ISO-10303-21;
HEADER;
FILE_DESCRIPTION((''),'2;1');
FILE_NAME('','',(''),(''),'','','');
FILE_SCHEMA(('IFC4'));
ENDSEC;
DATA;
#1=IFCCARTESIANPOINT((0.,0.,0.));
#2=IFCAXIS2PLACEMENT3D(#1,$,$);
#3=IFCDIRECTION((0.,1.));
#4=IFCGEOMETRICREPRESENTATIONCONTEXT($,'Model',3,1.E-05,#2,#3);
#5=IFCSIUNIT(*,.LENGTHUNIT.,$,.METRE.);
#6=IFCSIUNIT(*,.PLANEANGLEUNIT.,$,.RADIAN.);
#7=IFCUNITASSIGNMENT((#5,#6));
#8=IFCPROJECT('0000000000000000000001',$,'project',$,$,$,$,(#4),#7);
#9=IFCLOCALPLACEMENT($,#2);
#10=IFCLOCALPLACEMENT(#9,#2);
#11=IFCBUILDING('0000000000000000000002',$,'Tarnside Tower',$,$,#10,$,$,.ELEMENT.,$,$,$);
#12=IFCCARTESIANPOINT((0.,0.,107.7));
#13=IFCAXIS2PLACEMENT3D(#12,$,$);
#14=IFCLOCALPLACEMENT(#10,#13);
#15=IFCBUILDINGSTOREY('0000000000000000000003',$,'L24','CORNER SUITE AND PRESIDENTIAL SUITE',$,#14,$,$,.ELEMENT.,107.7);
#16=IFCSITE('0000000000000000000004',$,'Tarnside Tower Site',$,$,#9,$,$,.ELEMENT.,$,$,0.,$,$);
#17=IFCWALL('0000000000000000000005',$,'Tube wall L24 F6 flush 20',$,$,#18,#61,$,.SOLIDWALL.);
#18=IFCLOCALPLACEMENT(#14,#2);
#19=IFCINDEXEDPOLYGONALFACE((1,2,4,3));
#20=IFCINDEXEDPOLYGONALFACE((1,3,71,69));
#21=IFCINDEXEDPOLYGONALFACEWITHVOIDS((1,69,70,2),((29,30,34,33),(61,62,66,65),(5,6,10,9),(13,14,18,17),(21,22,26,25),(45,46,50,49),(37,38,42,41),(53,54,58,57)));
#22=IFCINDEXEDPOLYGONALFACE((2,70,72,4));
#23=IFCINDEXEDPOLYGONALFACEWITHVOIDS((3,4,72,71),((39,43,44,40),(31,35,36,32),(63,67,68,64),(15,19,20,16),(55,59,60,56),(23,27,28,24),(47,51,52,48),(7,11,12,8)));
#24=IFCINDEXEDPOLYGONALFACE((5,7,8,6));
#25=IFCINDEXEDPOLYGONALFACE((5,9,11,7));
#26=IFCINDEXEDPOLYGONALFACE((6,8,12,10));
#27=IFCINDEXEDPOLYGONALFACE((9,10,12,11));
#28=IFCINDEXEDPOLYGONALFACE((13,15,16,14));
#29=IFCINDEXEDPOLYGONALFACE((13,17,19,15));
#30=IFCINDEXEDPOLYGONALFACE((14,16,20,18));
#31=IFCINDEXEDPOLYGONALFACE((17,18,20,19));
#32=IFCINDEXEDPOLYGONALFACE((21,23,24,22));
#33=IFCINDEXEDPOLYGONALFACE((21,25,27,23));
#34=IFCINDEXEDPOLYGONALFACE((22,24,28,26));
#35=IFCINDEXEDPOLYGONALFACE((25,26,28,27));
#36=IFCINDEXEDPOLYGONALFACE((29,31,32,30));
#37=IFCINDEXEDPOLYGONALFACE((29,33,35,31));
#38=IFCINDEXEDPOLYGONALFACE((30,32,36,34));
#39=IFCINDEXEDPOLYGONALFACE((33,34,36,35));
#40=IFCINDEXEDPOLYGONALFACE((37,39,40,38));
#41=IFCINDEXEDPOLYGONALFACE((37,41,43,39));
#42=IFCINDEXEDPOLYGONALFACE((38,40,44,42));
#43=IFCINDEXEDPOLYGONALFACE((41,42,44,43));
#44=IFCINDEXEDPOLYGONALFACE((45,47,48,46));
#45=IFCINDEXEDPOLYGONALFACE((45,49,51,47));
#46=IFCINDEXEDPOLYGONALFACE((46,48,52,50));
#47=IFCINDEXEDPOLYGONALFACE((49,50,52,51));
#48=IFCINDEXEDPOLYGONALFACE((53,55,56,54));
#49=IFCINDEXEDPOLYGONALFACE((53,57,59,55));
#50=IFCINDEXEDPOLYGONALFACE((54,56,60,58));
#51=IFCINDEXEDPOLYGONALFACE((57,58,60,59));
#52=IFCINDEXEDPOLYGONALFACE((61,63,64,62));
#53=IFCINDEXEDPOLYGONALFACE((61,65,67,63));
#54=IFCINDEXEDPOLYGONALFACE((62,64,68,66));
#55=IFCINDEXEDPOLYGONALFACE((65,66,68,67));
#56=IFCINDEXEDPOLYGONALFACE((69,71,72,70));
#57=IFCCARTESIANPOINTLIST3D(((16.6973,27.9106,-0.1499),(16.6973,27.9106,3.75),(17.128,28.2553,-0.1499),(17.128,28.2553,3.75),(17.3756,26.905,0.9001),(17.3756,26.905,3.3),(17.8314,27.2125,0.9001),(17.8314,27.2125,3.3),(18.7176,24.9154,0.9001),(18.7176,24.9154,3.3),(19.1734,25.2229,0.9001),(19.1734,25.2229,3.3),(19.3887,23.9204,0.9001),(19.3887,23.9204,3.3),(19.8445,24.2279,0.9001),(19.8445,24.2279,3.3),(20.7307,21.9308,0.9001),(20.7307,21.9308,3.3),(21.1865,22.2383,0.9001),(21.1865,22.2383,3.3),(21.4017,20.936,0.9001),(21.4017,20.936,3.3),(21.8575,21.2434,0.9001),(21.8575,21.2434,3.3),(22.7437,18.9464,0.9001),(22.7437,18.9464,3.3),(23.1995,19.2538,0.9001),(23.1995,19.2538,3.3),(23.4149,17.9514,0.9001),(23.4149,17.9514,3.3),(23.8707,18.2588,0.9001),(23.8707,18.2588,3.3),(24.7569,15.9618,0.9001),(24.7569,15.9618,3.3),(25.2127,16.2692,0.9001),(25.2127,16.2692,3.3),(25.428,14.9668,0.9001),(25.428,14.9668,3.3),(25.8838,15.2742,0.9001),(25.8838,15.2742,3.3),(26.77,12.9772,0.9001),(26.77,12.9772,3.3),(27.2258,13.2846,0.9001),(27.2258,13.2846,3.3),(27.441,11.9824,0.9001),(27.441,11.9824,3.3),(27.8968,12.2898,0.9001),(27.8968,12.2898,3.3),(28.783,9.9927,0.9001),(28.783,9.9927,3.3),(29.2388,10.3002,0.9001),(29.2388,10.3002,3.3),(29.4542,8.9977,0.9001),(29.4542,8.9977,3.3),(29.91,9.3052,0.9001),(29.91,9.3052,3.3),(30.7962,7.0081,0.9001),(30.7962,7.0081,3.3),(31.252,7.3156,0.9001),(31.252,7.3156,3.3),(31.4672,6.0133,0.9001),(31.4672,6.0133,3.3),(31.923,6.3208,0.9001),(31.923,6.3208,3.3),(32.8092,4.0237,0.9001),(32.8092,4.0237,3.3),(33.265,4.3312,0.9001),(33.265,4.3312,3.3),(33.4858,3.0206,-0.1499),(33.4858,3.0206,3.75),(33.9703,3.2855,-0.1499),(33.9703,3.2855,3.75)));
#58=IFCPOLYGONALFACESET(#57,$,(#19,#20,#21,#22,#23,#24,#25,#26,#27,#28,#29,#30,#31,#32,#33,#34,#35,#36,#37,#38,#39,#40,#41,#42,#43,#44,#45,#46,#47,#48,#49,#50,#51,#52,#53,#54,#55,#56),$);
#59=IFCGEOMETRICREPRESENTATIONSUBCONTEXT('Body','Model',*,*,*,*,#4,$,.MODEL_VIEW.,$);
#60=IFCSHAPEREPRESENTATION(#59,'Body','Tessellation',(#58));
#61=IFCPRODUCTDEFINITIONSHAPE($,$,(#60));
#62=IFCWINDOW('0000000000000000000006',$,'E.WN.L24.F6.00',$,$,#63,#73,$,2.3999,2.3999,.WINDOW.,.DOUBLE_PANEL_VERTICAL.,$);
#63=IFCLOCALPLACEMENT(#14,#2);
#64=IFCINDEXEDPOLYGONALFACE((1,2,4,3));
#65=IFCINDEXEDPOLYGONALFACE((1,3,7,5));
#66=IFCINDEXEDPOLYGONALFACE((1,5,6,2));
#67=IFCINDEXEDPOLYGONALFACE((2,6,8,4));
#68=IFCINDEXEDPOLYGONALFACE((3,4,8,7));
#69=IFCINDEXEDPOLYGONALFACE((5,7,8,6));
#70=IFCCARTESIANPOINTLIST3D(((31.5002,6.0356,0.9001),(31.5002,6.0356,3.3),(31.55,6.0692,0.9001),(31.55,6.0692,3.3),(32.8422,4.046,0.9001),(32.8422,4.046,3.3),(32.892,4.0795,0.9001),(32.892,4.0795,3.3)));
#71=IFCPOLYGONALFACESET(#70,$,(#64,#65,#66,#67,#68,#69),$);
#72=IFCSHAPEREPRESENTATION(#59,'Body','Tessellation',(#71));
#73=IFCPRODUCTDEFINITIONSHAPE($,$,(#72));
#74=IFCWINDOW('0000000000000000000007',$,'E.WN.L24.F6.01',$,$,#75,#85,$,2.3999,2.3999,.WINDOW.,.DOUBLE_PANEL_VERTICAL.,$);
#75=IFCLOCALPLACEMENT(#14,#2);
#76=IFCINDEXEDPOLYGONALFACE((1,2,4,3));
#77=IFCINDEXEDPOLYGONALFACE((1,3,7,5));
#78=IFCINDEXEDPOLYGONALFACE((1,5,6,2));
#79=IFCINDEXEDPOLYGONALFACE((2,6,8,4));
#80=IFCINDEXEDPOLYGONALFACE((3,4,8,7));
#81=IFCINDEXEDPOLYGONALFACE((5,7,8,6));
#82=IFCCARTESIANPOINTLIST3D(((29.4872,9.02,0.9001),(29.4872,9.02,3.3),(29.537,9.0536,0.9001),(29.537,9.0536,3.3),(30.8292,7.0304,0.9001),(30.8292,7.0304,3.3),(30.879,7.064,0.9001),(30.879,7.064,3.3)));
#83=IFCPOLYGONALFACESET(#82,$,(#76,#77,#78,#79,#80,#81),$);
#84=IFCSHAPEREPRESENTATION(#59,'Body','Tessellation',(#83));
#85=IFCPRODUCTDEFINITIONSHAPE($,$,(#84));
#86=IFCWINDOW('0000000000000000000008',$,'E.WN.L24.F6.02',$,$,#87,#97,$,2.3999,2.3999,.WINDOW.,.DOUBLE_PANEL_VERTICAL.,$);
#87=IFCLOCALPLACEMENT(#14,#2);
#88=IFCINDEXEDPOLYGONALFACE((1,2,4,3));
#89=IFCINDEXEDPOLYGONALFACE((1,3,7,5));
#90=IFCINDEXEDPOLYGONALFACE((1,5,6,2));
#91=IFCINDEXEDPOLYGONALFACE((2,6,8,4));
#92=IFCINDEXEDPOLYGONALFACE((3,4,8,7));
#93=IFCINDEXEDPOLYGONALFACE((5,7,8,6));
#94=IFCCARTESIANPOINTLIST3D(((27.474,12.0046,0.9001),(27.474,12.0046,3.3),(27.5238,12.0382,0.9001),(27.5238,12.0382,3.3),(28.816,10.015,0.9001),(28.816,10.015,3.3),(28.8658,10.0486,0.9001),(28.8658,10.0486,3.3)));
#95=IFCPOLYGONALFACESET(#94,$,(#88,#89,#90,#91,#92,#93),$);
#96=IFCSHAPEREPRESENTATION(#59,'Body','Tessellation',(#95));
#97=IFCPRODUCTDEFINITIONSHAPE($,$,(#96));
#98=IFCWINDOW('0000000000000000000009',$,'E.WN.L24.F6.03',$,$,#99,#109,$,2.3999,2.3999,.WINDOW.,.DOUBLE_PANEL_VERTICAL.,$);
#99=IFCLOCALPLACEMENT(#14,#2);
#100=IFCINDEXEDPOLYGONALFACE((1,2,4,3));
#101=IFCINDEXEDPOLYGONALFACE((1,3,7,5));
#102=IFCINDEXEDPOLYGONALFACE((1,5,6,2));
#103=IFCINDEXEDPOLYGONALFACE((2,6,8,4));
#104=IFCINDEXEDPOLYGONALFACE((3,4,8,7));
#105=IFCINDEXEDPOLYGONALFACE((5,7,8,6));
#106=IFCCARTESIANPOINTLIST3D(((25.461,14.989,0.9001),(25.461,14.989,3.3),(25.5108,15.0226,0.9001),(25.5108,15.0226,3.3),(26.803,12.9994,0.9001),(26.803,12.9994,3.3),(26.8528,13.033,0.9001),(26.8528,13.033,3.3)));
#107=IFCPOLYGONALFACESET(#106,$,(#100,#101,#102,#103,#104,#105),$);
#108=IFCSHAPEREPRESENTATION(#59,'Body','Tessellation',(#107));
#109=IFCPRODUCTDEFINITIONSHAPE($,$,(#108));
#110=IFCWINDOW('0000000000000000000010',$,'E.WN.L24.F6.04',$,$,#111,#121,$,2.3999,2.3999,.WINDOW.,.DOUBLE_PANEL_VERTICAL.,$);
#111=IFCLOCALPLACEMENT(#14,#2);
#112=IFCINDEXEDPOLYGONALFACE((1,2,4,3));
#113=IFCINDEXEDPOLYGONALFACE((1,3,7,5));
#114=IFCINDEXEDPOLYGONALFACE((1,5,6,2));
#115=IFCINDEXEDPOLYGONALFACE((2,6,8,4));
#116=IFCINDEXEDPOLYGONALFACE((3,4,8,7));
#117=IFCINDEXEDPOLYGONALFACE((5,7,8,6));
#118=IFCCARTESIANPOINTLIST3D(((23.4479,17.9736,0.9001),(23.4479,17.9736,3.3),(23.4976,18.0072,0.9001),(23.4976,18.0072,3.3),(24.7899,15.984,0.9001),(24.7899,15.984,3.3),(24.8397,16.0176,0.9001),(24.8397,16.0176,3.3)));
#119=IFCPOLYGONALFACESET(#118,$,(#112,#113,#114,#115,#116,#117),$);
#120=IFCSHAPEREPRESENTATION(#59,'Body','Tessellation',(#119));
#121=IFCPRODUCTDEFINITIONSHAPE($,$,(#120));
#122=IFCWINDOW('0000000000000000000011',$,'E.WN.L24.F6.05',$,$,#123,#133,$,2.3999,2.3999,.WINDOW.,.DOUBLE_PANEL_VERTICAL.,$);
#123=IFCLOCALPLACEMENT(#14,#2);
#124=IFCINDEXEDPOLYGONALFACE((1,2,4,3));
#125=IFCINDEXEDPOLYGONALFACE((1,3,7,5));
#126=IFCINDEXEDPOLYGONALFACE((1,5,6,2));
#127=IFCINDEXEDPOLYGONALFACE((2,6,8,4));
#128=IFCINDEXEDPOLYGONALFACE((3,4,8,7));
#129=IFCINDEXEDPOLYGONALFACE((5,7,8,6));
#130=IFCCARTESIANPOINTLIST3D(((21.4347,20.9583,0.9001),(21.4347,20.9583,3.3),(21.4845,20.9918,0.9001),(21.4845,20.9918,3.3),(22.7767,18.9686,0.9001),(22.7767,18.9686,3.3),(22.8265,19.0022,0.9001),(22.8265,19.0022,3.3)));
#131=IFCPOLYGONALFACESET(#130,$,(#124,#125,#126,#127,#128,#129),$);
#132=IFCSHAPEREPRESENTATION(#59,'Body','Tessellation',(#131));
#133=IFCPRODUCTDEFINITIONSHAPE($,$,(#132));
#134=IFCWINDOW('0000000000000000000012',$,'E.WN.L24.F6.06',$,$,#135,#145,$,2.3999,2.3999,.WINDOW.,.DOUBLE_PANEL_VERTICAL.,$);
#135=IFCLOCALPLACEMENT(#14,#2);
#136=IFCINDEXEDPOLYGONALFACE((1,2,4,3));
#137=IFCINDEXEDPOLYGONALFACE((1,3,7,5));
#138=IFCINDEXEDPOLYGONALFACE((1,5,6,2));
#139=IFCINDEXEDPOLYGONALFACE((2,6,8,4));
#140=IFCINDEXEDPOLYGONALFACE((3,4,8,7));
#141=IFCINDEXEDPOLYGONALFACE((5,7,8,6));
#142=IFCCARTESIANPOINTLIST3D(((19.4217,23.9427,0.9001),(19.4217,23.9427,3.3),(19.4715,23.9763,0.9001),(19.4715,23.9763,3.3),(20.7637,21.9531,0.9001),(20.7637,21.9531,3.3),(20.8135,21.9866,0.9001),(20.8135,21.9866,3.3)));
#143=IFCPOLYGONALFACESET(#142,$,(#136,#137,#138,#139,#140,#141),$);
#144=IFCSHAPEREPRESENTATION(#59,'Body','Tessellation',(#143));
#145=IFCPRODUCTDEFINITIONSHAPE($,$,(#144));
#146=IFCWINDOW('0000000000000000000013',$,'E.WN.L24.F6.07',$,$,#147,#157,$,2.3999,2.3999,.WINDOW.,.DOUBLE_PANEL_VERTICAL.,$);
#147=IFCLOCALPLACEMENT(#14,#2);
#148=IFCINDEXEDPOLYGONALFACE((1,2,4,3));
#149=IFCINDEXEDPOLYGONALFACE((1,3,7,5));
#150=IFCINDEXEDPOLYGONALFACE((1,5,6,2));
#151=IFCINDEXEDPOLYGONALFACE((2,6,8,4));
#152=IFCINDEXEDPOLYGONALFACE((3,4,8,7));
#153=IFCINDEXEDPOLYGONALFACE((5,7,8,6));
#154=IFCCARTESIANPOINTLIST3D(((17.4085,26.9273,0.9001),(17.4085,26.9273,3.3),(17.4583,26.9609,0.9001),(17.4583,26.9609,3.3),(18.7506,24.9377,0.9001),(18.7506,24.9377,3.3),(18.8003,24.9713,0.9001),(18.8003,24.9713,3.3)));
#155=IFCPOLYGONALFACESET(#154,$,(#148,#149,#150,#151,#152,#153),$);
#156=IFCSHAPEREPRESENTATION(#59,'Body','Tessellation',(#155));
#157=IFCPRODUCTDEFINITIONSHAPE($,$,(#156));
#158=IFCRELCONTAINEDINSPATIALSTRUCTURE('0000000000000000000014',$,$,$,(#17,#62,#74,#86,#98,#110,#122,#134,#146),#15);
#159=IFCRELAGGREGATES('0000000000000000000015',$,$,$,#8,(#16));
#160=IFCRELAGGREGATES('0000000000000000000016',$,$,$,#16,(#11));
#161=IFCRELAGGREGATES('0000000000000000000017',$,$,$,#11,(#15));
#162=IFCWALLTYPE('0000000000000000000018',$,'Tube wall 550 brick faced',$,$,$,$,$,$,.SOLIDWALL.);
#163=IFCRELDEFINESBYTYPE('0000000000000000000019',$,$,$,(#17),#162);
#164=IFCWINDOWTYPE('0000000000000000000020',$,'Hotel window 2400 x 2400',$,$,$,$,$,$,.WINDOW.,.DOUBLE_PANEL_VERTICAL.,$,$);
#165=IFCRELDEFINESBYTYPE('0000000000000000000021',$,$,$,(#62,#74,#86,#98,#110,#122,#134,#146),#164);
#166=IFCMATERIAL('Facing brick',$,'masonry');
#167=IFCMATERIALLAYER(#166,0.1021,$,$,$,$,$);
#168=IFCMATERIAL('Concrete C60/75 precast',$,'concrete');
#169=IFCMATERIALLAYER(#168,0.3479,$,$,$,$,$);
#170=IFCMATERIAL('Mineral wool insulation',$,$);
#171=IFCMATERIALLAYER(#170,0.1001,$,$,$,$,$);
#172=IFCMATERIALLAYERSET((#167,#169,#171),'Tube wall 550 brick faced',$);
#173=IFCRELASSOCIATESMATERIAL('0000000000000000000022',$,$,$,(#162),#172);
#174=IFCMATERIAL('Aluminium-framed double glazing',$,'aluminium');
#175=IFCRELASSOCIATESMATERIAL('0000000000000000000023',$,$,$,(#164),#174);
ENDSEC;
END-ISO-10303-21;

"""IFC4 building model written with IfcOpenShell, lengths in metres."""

from ifc_helpers import new_model, si_unit, direction, frame, frame_2d, origin, place, context, subcontext, project, spatial, polyline, rectangle, outline, extrude, material, layer, layer_set, type_object, element, fill, save


model = new_model("IFC4")

# Units and contexts
model_context = context("Model", 3, precision=1e-05, world=origin(), true_north=direction((0.0, 1.0)))
body_context = subcontext(model_context, "Body", "Model", "MODEL_VIEW")
ifc_project = project(units=[si_unit("LENGTHUNIT", "METRE"), si_unit("PLANEANGLEUNIT", "RADIAN")], contexts=[model_context])

# Site, building, storey
site_placement = place(None, origin())
site = spatial("IfcSite", under=ifc_project, at=site_placement, Name="Tarnside Tower Site", CompositionType="ELEMENT", RefElevation=0.0)
building_placement = place(site_placement, origin())
building = spatial("IfcBuilding", under=site, at=building_placement, Name="Tarnside Tower", CompositionType="ELEMENT")
storey_placement = place(building_placement, frame((0.0, 0.0, 107.7)))
storey = spatial("IfcBuildingStorey", under=building, at=storey_placement, Name="L24", Description="CORNER SUITE AND PRESIDENTIAL SUITE", CompositionType="ELEMENT", Elevation=107.7)

# Shared definitions
ifc_material_1 = material(Name="Facing brick", Category="masonry")
ifc_layer_1 = layer(ifc_material_1, 0.1021)
ifc_material_2 = material(Name="Concrete C60/75 precast", Category="concrete")
ifc_layer_2 = layer(ifc_material_2, 0.3479)
ifc_material_3 = material(Name="Mineral wool insulation")
ifc_layer_3 = layer(ifc_material_3, 0.1001)
ifc_layer_set_1 = layer_set([ifc_layer_1, ifc_layer_2, ifc_layer_3], Name="Tube wall 550 brick faced")
wall_type_1 = type_object("IfcWallType", Name="Tube wall 550 brick faced", PredefinedType="SOLIDWALL", material=ifc_layer_set_1)

# Wall, openings, windows
wall_1_placement = place(storey_placement, frame((33.728, 3.1531, -0.1499), z_axis=(0.0, 0.0, 1.0), x_axis=(-0.559192, 0.829038, 0.0)))
wall_1 = element("IfcWall", 1, at=wall_1_placement, inside=storey, type_object=wall_type_1, Name="Tube wall L24 F6 flush 20", PredefinedType="SOLIDWALL", context=body_context, shape_type="SweptSolid", body=[
    extrude(outline(polyline([(-0.0256, -0.2749), (30.0933, -0.2749), (30.0483, 0.2749), (0.0256, 0.2749), (-0.0256, -0.2749)])), origin(), (0.0, 0.0, 1.0), 3.8999),
])
opening_1_placement = place(wall_1_placement, frame((1.2356, 0.0, 1.05)))
opening_1 = element("IfcOpeningElement", 2, at=opening_1_placement, cuts=wall_1, PredefinedType="OPENING", context=body_context, shape_type="SweptSolid", body=[
    extrude(rectangle(XDim=2.3999, YDim=2.3999, at=frame_2d((1.2, 1.2))), frame((0.0, 0.2852, 0.0), z_axis=(0.0, -1.0, 0.0), x_axis=(1.0, 0.0, 0.0)), (0.0, 0.0, 1.0), 0.5701),
])
opening_2_placement = place(wall_1_placement, frame((4.8354, 0.0, 1.05)))
opening_2 = element("IfcOpeningElement", 3, at=opening_2_placement, cuts=wall_1, PredefinedType="OPENING", context=body_context, shape_type="SweptSolid", body=[
    extrude(rectangle(XDim=2.3999, YDim=2.3999, at=frame_2d((1.2, 1.2))), frame((0.0, 0.2852, 0.0), z_axis=(0.0, -1.0, 0.0), x_axis=(1.0, 0.0, 0.0)), (0.0, 0.0, 1.0), 0.5701),
])
opening_3_placement = place(wall_1_placement, frame((8.4355, 0.0, 1.05)))
opening_3 = element("IfcOpeningElement", 4, at=opening_3_placement, cuts=wall_1, PredefinedType="OPENING", context=body_context, shape_type="SweptSolid", body=[
    extrude(rectangle(XDim=2.3999, YDim=2.3999, at=frame_2d((1.2, 1.2))), frame((0.0, 0.2852, 0.0), z_axis=(0.0, -1.0, 0.0), x_axis=(1.0, 0.0, 0.0)), (0.0, 0.0, 1.0), 0.5701),
])
opening_4_placement = place(wall_1_placement, frame((12.0354, 0.0, 1.05)))
opening_4 = element("IfcOpeningElement", 5, at=opening_4_placement, cuts=wall_1, PredefinedType="OPENING", context=body_context, shape_type="SweptSolid", body=[
    extrude(rectangle(XDim=2.3999, YDim=2.3999, at=frame_2d((1.2, 1.2))), frame((0.0, 0.2852, 0.0), z_axis=(0.0, -1.0, 0.0), x_axis=(1.0, 0.0, 0.0)), (0.0, 0.0, 1.0), 0.5701),
])
opening_5_placement = place(wall_1_placement, frame((15.6355, 0.0, 1.05)))
opening_5 = element("IfcOpeningElement", 6, at=opening_5_placement, cuts=wall_1, PredefinedType="OPENING", context=body_context, shape_type="SweptSolid", body=[
    extrude(rectangle(XDim=2.3999, YDim=2.3999, at=frame_2d((1.2, 1.2))), frame((0.0, 0.2852, 0.0), z_axis=(0.0, -1.0, 0.0), x_axis=(1.0, 0.0, 0.0)), (0.0, 0.0, 1.0), 0.5701),
])
opening_6_placement = place(wall_1_placement, frame((19.2356, 0.0, 1.05)))
opening_6 = element("IfcOpeningElement", 7, at=opening_6_placement, cuts=wall_1, PredefinedType="OPENING", context=body_context, shape_type="SweptSolid", body=[
    extrude(rectangle(XDim=2.3999, YDim=2.3999, at=frame_2d((1.2, 1.2))), frame((0.0, 0.2852, 0.0), z_axis=(0.0, -1.0, 0.0), x_axis=(1.0, 0.0, 0.0)), (0.0, 0.0, 1.0), 0.5701),
])
opening_7_placement = place(wall_1_placement, frame((22.8354, 0.0, 1.05)))
opening_7 = element("IfcOpeningElement", 8, at=opening_7_placement, cuts=wall_1, PredefinedType="OPENING", context=body_context, shape_type="SweptSolid", body=[
    extrude(rectangle(XDim=2.3999, YDim=2.3999, at=frame_2d((1.2, 1.2))), frame((0.0, 0.2852, 0.0), z_axis=(0.0, -1.0, 0.0), x_axis=(1.0, 0.0, 0.0)), (0.0, 0.0, 1.0), 0.5701),
])
opening_8_placement = place(wall_1_placement, frame((26.4355, 0.0, 1.05)))
opening_8 = element("IfcOpeningElement", 9, at=opening_8_placement, cuts=wall_1, PredefinedType="OPENING", context=body_context, shape_type="SweptSolid", body=[
    extrude(rectangle(XDim=2.3999, YDim=2.3999, at=frame_2d((1.2, 1.2))), frame((0.0, 0.2852, 0.0), z_axis=(0.0, -1.0, 0.0), x_axis=(1.0, 0.0, 0.0)), (0.0, 0.0, 1.0), 0.5701),
])
ifc_material_4 = material(Name="Aluminium-framed double glazing", Category="aluminium")
window_type = type_object("IfcWindowType", Name="Hotel window 2400 x 2400", PartitioningType="DOUBLE_PANEL_VERTICAL", PredefinedType="WINDOW", material=ifc_material_4)
window_1_placement = place(opening_1_placement, frame((0.0, 0.2051, 0.0)))
window_1 = element("IfcWindow", 10, at=window_1_placement, inside=storey, type_object=window_type, Name="E.WN.L24.F6.00", OverallHeight=2.3999, OverallWidth=2.3999, PartitioningType="DOUBLE_PANEL_VERTICAL", PredefinedType="WINDOW", context=body_context, shape_type="SweptSolid", body=[
    extrude(rectangle(XDim=2.3999, YDim=2.3999, at=frame_2d((1.2, 1.2))), frame((0.0, 0.03, 0.0), z_axis=(0.0, -1.0, 0.0), x_axis=(1.0, 0.0, 0.0)), (0.0, 0.0, 1.0), 0.0601),
])
fill(opening_1, window_1)
window_2_placement = place(opening_2_placement, frame((0.0, 0.2051, 0.0)))
window_2 = element("IfcWindow", 11, at=window_2_placement, inside=storey, type_object=window_type, Name="E.WN.L24.F6.01", OverallHeight=2.3999, OverallWidth=2.3999, PartitioningType="DOUBLE_PANEL_VERTICAL", PredefinedType="WINDOW", context=body_context, shape_type="SweptSolid", body=[
    extrude(rectangle(XDim=2.3999, YDim=2.3999, at=frame_2d((1.2, 1.2))), frame((0.0, 0.03, 0.0), z_axis=(0.0, -1.0, 0.0), x_axis=(1.0, 0.0, 0.0)), (0.0, 0.0, 1.0), 0.0601),
])
fill(opening_2, window_2)
window_3_placement = place(opening_3_placement, frame((0.0, 0.2051, 0.0)))
window_3 = element("IfcWindow", 12, at=window_3_placement, inside=storey, type_object=window_type, Name="E.WN.L24.F6.02", OverallHeight=2.3999, OverallWidth=2.3999, PartitioningType="DOUBLE_PANEL_VERTICAL", PredefinedType="WINDOW", context=body_context, shape_type="SweptSolid", body=[
    extrude(rectangle(XDim=2.3999, YDim=2.3999, at=frame_2d((1.2, 1.2))), frame((0.0, 0.03, 0.0), z_axis=(0.0, -1.0, 0.0), x_axis=(1.0, 0.0, 0.0)), (0.0, 0.0, 1.0), 0.0601),
])
fill(opening_3, window_3)
window_4_placement = place(opening_4_placement, frame((0.0, 0.2051, 0.0)))
window_4 = element("IfcWindow", 13, at=window_4_placement, inside=storey, type_object=window_type, Name="E.WN.L24.F6.03", OverallHeight=2.3999, OverallWidth=2.3999, PartitioningType="DOUBLE_PANEL_VERTICAL", PredefinedType="WINDOW", context=body_context, shape_type="SweptSolid", body=[
    extrude(rectangle(XDim=2.3999, YDim=2.3999, at=frame_2d((1.2, 1.2))), frame((0.0, 0.03, 0.0), z_axis=(0.0, -1.0, 0.0), x_axis=(1.0, 0.0, 0.0)), (0.0, 0.0, 1.0), 0.0601),
])
fill(opening_4, window_4)
window_5_placement = place(opening_5_placement, frame((0.0, 0.2051, 0.0)))
window_5 = element("IfcWindow", 14, at=window_5_placement, inside=storey, type_object=window_type, Name="E.WN.L24.F6.04", OverallHeight=2.3999, OverallWidth=2.3999, PartitioningType="DOUBLE_PANEL_VERTICAL", PredefinedType="WINDOW", context=body_context, shape_type="SweptSolid", body=[
    extrude(rectangle(XDim=2.3999, YDim=2.3999, at=frame_2d((1.2, 1.2))), frame((0.0, 0.03, 0.0), z_axis=(0.0, -1.0, 0.0), x_axis=(1.0, 0.0, 0.0)), (0.0, 0.0, 1.0), 0.0601),
])
fill(opening_5, window_5)
window_6_placement = place(opening_6_placement, frame((0.0, 0.2051, 0.0)))
window_6 = element("IfcWindow", 15, at=window_6_placement, inside=storey, type_object=window_type, Name="E.WN.L24.F6.05", OverallHeight=2.3999, OverallWidth=2.3999, PartitioningType="DOUBLE_PANEL_VERTICAL", PredefinedType="WINDOW", context=body_context, shape_type="SweptSolid", body=[
    extrude(rectangle(XDim=2.3999, YDim=2.3999, at=frame_2d((1.2, 1.2))), frame((0.0, 0.03, 0.0), z_axis=(0.0, -1.0, 0.0), x_axis=(1.0, 0.0, 0.0)), (0.0, 0.0, 1.0), 0.0601),
])
fill(opening_6, window_6)
window_7_placement = place(opening_7_placement, frame((0.0, 0.2051, 0.0)))
window_7 = element("IfcWindow", 16, at=window_7_placement, inside=storey, type_object=window_type, Name="E.WN.L24.F6.06", OverallHeight=2.3999, OverallWidth=2.3999, PartitioningType="DOUBLE_PANEL_VERTICAL", PredefinedType="WINDOW", context=body_context, shape_type="SweptSolid", body=[
    extrude(rectangle(XDim=2.3999, YDim=2.3999, at=frame_2d((1.2, 1.2))), frame((0.0, 0.03, 0.0), z_axis=(0.0, -1.0, 0.0), x_axis=(1.0, 0.0, 0.0)), (0.0, 0.0, 1.0), 0.0601),
])
fill(opening_7, window_7)
window_8_placement = place(opening_8_placement, frame((0.0, 0.2051, 0.0)))
window_8 = element("IfcWindow", 17, at=window_8_placement, inside=storey, type_object=window_type, Name="E.WN.L24.F6.07", OverallHeight=2.3999, OverallWidth=2.3999, PartitioningType="DOUBLE_PANEL_VERTICAL", PredefinedType="WINDOW", context=body_context, shape_type="SweptSolid", body=[
    extrude(rectangle(XDim=2.3999, YDim=2.3999, at=frame_2d((1.2, 1.2))), frame((0.0, 0.03, 0.0), z_axis=(0.0, -1.0, 0.0), x_axis=(1.0, 0.0, 0.0)), (0.0, 0.0, 1.0), 0.0601),
])
fill(opening_8, window_8)

save(model, "model.ifc")
